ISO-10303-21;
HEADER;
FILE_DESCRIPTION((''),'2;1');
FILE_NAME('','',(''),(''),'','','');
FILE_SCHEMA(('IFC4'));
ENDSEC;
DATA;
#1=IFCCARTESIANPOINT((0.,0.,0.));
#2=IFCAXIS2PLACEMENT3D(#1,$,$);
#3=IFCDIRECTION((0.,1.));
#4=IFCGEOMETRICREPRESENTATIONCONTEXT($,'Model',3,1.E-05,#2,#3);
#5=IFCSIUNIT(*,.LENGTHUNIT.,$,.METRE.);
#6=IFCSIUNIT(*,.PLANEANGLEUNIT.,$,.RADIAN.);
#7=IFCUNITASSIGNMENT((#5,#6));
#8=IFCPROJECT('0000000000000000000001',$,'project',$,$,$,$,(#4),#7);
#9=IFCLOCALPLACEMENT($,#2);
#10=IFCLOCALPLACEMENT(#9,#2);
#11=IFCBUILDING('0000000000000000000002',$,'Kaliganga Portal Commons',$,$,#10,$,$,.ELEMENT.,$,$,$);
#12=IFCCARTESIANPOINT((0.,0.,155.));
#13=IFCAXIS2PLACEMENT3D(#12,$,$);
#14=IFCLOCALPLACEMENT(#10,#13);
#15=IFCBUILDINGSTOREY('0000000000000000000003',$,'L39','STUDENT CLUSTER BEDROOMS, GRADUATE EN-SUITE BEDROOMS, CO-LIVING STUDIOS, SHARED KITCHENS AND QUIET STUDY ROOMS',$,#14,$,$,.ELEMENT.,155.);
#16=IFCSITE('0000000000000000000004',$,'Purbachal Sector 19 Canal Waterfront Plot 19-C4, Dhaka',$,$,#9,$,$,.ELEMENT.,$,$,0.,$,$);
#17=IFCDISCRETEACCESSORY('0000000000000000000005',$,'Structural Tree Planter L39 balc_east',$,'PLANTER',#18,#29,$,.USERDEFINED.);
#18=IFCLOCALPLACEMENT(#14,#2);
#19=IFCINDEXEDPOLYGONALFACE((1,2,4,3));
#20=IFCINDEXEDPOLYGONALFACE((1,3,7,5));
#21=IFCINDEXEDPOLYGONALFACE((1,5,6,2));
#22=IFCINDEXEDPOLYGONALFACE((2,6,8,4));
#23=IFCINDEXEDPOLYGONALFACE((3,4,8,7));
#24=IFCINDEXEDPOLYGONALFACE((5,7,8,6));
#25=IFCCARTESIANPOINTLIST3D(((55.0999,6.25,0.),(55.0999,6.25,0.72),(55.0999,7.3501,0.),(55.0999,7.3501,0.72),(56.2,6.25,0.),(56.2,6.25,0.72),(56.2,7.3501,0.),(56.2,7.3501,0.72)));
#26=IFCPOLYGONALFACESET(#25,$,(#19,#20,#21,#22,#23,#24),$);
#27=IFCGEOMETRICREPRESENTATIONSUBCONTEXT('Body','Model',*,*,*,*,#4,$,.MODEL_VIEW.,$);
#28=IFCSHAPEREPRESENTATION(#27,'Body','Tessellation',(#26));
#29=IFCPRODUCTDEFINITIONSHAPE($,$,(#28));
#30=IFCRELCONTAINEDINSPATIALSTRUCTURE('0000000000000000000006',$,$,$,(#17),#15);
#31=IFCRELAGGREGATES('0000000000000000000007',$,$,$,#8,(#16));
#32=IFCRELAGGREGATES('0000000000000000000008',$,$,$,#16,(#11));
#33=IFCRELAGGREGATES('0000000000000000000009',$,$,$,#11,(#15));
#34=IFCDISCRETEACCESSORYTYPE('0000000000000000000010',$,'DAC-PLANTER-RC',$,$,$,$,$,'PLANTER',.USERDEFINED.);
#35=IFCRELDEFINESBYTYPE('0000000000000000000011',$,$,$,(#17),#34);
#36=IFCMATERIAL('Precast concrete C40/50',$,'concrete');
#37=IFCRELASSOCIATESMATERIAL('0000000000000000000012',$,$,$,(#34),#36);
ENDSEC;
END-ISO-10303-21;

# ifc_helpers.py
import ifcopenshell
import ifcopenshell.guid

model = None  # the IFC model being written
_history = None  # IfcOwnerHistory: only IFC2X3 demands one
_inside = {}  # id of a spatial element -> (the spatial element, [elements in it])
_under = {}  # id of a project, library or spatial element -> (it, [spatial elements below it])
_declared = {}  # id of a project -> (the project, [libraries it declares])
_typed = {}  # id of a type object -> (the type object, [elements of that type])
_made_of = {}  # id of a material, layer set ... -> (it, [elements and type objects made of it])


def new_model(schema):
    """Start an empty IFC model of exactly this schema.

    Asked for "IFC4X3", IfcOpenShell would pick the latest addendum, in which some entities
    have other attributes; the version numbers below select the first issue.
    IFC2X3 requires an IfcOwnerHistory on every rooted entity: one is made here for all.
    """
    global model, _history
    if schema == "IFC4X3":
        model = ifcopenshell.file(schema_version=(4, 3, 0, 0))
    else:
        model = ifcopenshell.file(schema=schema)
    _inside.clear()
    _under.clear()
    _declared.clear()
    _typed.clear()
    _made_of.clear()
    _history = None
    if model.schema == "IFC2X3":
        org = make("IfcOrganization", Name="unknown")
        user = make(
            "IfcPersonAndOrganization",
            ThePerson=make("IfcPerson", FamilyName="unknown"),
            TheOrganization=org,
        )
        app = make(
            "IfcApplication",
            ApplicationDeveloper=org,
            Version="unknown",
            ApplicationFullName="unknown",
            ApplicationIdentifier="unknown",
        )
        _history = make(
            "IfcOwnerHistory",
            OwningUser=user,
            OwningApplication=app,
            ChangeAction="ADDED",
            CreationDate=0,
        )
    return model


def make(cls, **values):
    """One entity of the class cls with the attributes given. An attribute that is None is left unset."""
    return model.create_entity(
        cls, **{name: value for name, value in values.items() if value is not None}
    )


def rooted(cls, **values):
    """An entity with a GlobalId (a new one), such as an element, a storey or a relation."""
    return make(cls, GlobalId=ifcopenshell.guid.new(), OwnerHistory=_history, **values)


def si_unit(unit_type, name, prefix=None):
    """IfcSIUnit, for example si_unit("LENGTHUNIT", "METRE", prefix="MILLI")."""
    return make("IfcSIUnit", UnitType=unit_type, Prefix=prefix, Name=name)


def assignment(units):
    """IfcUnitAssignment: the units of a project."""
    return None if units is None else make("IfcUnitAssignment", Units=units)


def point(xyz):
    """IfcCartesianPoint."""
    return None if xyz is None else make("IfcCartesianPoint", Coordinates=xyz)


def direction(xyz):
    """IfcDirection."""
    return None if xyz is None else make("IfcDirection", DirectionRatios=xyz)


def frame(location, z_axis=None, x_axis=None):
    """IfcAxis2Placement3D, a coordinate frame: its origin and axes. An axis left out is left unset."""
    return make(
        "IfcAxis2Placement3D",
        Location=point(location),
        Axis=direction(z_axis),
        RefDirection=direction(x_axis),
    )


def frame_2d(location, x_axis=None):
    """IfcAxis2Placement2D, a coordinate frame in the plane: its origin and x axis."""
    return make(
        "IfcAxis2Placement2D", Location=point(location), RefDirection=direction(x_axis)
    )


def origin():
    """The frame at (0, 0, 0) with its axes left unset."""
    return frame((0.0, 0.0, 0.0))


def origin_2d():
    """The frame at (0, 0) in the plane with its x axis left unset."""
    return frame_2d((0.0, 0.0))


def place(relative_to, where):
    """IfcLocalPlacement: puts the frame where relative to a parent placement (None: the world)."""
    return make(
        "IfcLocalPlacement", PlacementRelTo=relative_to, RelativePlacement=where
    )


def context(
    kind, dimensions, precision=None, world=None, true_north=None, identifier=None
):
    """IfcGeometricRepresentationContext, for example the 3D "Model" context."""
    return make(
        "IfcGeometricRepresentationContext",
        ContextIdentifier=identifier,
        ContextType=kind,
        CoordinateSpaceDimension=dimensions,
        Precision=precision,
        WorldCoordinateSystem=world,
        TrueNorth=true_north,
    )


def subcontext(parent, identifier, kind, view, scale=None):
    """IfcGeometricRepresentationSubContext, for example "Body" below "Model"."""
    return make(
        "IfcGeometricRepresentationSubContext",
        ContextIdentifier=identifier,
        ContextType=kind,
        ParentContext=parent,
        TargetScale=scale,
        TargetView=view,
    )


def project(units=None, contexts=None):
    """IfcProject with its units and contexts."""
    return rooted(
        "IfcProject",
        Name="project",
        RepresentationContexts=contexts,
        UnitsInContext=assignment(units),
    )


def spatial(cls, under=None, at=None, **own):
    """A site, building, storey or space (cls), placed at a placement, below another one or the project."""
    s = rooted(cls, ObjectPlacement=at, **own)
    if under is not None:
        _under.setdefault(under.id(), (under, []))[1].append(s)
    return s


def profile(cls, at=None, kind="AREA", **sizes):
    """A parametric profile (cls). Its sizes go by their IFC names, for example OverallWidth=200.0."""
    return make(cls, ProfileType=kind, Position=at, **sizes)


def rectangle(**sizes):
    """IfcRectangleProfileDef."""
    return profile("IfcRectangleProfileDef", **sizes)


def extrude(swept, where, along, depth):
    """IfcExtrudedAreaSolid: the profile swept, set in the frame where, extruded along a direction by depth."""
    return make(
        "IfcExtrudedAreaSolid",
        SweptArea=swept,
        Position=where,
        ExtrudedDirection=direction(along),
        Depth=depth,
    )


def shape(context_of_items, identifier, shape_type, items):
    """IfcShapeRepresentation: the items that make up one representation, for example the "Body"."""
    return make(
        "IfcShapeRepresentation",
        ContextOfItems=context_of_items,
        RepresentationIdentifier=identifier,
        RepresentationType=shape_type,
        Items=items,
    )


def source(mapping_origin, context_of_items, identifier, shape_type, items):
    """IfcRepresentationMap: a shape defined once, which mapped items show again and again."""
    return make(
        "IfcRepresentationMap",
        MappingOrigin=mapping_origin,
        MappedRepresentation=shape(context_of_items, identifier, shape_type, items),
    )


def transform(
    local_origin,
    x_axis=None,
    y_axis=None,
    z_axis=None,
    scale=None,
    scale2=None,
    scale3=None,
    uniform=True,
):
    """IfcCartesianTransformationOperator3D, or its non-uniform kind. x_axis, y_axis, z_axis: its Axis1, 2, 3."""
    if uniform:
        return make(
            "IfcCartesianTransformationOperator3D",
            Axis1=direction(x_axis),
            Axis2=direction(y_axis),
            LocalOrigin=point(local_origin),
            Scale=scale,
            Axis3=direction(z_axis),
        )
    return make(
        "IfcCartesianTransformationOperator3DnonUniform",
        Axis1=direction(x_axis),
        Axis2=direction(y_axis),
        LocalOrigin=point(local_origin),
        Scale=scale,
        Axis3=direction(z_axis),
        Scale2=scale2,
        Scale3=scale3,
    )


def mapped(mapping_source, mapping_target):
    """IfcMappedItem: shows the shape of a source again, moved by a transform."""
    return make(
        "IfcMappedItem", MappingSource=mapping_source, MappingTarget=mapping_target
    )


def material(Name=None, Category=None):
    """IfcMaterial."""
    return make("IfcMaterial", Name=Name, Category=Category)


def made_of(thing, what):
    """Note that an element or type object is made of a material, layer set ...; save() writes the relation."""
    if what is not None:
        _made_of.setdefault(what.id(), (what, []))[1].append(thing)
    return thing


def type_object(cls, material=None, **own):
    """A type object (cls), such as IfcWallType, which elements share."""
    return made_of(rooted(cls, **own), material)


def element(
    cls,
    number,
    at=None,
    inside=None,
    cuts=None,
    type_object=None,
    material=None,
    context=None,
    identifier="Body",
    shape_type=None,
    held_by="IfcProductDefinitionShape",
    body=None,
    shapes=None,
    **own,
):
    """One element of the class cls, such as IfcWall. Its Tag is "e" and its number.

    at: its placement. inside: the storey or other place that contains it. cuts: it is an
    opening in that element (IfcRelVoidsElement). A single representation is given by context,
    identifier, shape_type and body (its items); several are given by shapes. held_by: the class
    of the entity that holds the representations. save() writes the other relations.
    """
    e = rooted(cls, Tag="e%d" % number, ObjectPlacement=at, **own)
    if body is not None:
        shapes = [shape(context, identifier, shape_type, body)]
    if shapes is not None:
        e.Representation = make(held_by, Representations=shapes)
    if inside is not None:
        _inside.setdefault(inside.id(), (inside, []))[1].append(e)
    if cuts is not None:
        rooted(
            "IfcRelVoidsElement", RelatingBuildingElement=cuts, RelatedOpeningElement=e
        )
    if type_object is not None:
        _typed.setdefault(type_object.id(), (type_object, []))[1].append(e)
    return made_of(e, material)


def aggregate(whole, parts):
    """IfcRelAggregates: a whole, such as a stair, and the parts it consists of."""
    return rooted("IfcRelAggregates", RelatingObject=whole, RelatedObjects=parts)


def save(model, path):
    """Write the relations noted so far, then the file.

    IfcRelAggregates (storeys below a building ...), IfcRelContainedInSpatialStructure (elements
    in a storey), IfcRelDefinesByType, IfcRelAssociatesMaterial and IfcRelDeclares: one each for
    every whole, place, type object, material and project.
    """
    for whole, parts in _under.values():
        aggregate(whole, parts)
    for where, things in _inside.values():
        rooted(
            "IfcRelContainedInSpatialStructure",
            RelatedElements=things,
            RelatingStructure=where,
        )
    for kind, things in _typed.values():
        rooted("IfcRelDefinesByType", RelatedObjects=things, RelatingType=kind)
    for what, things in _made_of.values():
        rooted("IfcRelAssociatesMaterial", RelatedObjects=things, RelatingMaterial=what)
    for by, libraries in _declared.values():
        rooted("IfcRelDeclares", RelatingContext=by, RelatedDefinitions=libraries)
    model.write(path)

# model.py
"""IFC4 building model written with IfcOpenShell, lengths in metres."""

from ifc_helpers import new_model, si_unit, direction, frame, origin, origin_2d, place, context, subcontext, project, spatial, rectangle, extrude, source, transform, mapped, material, type_object, element, save


model = new_model("IFC4")

# Units and contexts
model_context = context("Model", 3, precision=1e-05, world=origin(), true_north=direction((0.0, 1.0)))
body_context = subcontext(model_context, "Body", "Model", "MODEL_VIEW")
ifc_project = project(units=[si_unit("LENGTHUNIT", "METRE"), si_unit("PLANEANGLEUNIT", "RADIAN")], contexts=[model_context])

# Site, building, storey
site_placement = place(None, origin())
site = spatial("IfcSite", under=ifc_project, at=site_placement, Name="Purbachal Sector 19 Canal Waterfront Plot 19-C4, Dhaka", CompositionType="ELEMENT", RefElevation=0.0)
building_placement = place(site_placement, origin())
building = spatial("IfcBuilding", under=site, at=building_placement, Name="Kaliganga Portal Commons", CompositionType="ELEMENT")
storey_placement = place(building_placement, frame((0.0, 0.0, 155.0)))
storey = spatial("IfcBuildingStorey", under=building, at=storey_placement, Name="L39", Description="STUDENT CLUSTER BEDROOMS, GRADUATE EN-SUITE BEDROOMS, CO-LIVING STUDIOS, SHARED KITCHENS AND QUIET STUDY ROOMS", CompositionType="ELEMENT", Elevation=155.0)

# Discrete accessory
ifc_material_1 = material(Name="Precast concrete C40/50", Category="concrete")
discrete_accessory_type = type_object("IfcDiscreteAccessoryType", Name="DAC-PLANTER-RC", ElementType="PLANTER", PredefinedType="USERDEFINED", material=ifc_material_1)
shared_shape_1 = source(origin(), body_context, "Body", "SweptSolid", [
    extrude(rectangle(XDim=1.1001, YDim=1.1001, at=origin_2d()), origin(), (0.0, 0.0, 1.0), 0.72),
])
discrete_accessory_placement = place(storey_placement, frame((55.6499, 6.8, 0.0), z_axis=(0.0, 0.0, 1.0), x_axis=(1.0, 0.0, 0.0)))
element("IfcDiscreteAccessory", 1, at=discrete_accessory_placement, inside=storey, type_object=discrete_accessory_type, Name="Structural Tree Planter L39 balc_east", ObjectType="PLANTER", PredefinedType="USERDEFINED", context=body_context, shape_type="MappedRepresentation", body=[
    mapped(shared_shape_1, transform((0.0, 0.0, 0.0), x_axis=(1.0, 0.0, 0.0), y_axis=(0.0, 1.0, 0.0), z_axis=(0.0, 0.0, 1.0), scale=1.0)),
])

save(model, "model.ifc")
